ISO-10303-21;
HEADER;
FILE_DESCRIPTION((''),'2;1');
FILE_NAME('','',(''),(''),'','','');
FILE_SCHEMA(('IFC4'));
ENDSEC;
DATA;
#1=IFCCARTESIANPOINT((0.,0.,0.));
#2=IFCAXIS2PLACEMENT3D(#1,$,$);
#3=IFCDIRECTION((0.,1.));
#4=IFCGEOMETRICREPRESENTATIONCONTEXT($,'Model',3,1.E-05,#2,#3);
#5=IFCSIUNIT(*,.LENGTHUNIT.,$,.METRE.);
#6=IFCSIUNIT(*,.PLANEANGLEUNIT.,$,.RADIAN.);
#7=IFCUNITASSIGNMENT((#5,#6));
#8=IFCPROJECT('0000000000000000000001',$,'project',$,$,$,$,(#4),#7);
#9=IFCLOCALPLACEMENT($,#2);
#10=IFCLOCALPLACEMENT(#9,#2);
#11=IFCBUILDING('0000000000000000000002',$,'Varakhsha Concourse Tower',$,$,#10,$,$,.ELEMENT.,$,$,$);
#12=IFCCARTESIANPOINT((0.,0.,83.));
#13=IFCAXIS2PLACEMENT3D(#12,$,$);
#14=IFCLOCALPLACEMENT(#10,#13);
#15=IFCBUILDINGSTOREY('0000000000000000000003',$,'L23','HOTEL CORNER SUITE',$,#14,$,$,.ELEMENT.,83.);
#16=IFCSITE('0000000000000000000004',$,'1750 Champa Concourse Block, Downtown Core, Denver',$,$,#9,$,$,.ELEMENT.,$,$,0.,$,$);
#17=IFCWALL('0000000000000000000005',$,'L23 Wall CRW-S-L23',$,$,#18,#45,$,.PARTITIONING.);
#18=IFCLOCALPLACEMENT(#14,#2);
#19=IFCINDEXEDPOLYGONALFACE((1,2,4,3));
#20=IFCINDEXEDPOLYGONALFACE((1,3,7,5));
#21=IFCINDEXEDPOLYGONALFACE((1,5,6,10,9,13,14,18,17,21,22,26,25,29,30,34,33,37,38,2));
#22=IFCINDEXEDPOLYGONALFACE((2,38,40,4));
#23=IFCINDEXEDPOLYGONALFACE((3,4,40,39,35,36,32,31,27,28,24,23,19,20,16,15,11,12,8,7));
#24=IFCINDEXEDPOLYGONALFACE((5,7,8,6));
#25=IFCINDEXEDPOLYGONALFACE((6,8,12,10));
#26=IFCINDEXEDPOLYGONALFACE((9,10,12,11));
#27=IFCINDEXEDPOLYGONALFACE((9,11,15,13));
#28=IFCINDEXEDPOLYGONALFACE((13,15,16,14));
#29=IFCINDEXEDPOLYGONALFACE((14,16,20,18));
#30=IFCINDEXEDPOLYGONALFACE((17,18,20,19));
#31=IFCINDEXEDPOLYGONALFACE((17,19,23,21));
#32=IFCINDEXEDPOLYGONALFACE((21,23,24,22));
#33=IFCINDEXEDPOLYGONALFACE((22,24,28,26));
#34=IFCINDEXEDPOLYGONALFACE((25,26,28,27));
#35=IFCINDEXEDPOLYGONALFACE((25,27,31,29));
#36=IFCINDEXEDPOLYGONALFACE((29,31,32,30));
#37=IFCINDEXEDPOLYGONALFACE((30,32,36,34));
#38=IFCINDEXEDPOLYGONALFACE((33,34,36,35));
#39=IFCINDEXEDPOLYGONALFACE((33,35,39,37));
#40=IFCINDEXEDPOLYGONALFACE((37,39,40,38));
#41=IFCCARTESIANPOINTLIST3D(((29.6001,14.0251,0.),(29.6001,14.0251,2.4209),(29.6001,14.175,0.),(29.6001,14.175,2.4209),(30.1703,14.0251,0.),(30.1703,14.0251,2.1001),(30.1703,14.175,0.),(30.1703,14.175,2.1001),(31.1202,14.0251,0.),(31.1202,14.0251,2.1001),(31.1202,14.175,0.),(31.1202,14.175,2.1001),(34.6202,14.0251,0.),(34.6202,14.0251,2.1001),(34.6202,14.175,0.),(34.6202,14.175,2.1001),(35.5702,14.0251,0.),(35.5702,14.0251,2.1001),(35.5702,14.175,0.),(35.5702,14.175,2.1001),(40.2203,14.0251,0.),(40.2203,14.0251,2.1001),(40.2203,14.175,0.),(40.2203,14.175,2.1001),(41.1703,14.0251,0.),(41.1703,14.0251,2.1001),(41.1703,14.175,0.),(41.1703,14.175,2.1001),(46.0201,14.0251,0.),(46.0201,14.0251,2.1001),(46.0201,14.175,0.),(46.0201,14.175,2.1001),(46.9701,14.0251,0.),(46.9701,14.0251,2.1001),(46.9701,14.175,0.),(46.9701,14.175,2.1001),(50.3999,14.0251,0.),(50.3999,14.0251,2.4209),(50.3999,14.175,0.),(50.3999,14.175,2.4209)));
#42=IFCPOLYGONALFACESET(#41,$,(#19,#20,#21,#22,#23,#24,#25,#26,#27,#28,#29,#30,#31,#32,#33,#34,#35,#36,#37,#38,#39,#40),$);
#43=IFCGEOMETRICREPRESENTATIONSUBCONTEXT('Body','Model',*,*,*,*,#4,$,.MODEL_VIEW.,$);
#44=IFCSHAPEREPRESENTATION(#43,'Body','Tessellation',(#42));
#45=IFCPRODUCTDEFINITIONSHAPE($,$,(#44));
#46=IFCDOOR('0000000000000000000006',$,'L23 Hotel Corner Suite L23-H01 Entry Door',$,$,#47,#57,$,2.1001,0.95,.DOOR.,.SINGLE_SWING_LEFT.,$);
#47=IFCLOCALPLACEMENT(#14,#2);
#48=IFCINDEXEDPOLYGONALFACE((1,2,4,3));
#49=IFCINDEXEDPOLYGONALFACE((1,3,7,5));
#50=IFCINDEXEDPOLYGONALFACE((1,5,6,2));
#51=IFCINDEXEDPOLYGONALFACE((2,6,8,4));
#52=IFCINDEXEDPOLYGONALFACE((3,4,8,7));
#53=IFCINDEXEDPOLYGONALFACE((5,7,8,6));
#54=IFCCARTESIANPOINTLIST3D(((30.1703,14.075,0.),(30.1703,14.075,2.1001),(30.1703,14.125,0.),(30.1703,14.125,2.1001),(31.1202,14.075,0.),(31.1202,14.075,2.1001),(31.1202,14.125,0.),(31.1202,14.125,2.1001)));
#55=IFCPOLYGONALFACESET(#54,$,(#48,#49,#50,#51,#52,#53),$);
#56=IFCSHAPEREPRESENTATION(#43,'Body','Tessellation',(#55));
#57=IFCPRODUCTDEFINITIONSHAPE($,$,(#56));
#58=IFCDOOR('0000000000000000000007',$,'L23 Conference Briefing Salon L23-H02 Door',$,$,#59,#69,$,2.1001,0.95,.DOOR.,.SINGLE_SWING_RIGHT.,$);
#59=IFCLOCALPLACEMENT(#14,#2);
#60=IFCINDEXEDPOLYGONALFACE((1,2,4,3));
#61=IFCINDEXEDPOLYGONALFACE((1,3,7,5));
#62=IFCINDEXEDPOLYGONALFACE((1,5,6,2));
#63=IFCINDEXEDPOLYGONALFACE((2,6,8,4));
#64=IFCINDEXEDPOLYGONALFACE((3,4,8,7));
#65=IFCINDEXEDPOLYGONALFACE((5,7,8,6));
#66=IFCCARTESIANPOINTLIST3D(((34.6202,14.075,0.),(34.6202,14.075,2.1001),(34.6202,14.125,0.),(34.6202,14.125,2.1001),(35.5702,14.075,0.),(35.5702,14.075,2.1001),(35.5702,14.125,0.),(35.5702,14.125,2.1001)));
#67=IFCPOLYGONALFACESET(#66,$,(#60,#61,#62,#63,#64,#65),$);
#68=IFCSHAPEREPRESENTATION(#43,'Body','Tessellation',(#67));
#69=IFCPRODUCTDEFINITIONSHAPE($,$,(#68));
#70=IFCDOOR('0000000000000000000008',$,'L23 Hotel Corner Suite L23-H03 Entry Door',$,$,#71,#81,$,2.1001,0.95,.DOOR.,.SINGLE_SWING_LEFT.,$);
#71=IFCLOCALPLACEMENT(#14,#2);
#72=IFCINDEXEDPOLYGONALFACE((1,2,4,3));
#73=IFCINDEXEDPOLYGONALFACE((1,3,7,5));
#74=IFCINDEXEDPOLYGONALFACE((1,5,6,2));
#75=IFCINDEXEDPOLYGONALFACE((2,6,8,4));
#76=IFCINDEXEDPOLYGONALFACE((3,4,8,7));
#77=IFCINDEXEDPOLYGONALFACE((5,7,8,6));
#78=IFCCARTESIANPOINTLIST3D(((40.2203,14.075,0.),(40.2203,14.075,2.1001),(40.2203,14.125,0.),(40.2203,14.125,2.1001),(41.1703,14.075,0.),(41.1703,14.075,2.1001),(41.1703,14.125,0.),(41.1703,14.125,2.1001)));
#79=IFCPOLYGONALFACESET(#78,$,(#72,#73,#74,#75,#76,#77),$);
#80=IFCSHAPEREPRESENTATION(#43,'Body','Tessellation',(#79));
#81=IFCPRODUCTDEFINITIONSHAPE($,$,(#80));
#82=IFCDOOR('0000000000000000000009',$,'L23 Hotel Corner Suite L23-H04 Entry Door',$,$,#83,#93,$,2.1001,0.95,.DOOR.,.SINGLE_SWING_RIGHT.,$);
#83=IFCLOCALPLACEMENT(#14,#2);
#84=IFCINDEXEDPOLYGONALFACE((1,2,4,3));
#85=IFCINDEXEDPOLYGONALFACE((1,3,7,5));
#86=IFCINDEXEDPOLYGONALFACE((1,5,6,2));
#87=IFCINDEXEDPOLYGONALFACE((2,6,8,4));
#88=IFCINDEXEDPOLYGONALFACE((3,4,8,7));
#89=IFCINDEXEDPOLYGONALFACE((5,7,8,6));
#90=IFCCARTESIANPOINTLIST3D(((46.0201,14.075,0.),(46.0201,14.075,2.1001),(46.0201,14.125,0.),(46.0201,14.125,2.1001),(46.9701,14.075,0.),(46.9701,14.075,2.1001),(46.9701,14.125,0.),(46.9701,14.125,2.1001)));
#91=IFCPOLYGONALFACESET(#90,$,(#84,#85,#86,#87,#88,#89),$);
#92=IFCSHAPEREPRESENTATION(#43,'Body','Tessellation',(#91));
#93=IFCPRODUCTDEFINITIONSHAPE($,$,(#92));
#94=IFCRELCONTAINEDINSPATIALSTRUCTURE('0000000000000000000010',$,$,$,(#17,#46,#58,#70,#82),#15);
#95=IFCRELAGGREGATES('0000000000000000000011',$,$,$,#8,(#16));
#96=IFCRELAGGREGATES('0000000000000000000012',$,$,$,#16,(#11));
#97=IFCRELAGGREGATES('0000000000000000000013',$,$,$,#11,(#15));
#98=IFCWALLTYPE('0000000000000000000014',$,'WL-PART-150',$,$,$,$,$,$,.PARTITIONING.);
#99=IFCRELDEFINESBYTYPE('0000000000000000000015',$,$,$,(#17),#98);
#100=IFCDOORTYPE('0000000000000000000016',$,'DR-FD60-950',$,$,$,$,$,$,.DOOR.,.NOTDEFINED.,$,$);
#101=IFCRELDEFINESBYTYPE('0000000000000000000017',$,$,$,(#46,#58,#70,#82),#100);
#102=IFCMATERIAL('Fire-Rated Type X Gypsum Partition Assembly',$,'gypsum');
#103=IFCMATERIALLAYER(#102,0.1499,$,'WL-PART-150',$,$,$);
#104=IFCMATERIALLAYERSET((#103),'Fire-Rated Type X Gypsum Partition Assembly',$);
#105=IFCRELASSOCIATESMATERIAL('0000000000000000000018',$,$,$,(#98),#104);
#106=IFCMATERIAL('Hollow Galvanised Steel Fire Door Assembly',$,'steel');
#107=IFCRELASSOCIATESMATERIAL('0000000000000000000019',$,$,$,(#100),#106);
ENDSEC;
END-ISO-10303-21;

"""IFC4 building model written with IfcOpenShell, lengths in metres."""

from ifc_helpers import new_model, si_unit, direction, frame, frame_2d, origin, place, context, subcontext, project, spatial, rectangle, extrude, material, layer, layer_set, type_object, element, fill, save


model = new_model("IFC4")

# Units and contexts
model_context = context("Model", 3, precision=1e-05, world=origin(), true_north=direction((0.0, 1.0)))
body_context = subcontext(model_context, "Body", "Model", "MODEL_VIEW")
ifc_project = project(units=[si_unit("LENGTHUNIT", "METRE"), si_unit("PLANEANGLEUNIT", "RADIAN")], contexts=[model_context])

# Site, building, storey
site_placement = place(None, origin())
site = spatial("IfcSite", under=ifc_project, at=site_placement, Name="1750 Champa Concourse Block, Downtown Core, Denver", CompositionType="ELEMENT", RefElevation=0.0)
building_placement = place(site_placement, origin())
building = spatial("IfcBuilding", under=site, at=building_placement, Name="Varakhsha Concourse Tower", CompositionType="ELEMENT")
storey_placement = place(building_placement, frame((0.0, 0.0, 83.0)))
storey = spatial("IfcBuildingStorey", under=building, at=storey_placement, Name="L23", Description="HOTEL CORNER SUITE", CompositionType="ELEMENT", Elevation=83.0)

# Wall, openings, doors
ifc_material_1 = material(Name="Fire-Rated Type X Gypsum Partition Assembly", Category="gypsum")
ifc_layer_1 = layer(ifc_material_1, 0.1499, Name="WL-PART-150")
ifc_layer_set_1 = layer_set([ifc_layer_1], Name="Fire-Rated Type X Gypsum Partition Assembly")
wall_type_1 = type_object("IfcWallType", Name="WL-PART-150", PredefinedType="PARTITIONING", material=ifc_layer_set_1)
wall_1_placement = place(storey_placement, frame((29.6001, 14.1001, 0.0), z_axis=(0.0, 0.0, 1.0), x_axis=(1.0, 0.0, 0.0)))
wall_1 = element("IfcWall", 1, at=wall_1_placement, inside=storey, type_object=wall_type_1, Name="L23 Wall CRW-S-L23", PredefinedType="PARTITIONING", context=body_context, shape_type="SweptSolid", body=[
    extrude(rectangle(XDim=20.7998, YDim=0.1499, at=frame_2d((10.3999, 0.0))), origin(), (0.0, 0.0, 1.0), 2.4209),
])
opening_1_placement = place(wall_1_placement, frame((0.5701, 0.0, 0.0)))
opening_1 = element("IfcOpeningElement", 2, at=opening_1_placement, cuts=wall_1, PredefinedType="OPENING", context=body_context, shape_type="SweptSolid", body=[
    extrude(rectangle(XDim=0.95, YDim=2.1001, at=frame_2d((0.4751, 1.05))), frame((0.0, 0.085, 0.0), z_axis=(0.0, -1.0, 0.0), x_axis=(1.0, 0.0, 0.0)), (0.0, 0.0, 1.0), 0.1699),
])
opening_2_placement = place(wall_1_placement, frame((5.02, 0.0, 0.0)))
opening_2 = element("IfcOpeningElement", 3, at=opening_2_placement, cuts=wall_1, PredefinedType="OPENING", context=body_context, shape_type="SweptSolid", body=[
    extrude(rectangle(XDim=0.95, YDim=2.1001, at=frame_2d((0.4751, 1.05))), frame((0.0, 0.085, 0.0), z_axis=(0.0, -1.0, 0.0), x_axis=(1.0, 0.0, 0.0)), (0.0, 0.0, 1.0), 0.1699),
])
opening_3_placement = place(wall_1_placement, frame((10.6201, 0.0, 0.0)))
opening_3 = element("IfcOpeningElement", 4, at=opening_3_placement, cuts=wall_1, PredefinedType="OPENING", context=body_context, shape_type="SweptSolid", body=[
    extrude(rectangle(XDim=0.95, YDim=2.1001, at=frame_2d((0.4751, 1.05))), frame((0.0, 0.085, 0.0), z_axis=(0.0, -1.0, 0.0), x_axis=(1.0, 0.0, 0.0)), (0.0, 0.0, 1.0), 0.1699),
])
opening_4_placement = place(wall_1_placement, frame((16.4199, 0.0, 0.0)))
opening_4 = element("IfcOpeningElement", 5, at=opening_4_placement, cuts=wall_1, PredefinedType="OPENING", context=body_context, shape_type="SweptSolid", body=[
    extrude(rectangle(XDim=0.95, YDim=2.1001, at=frame_2d((0.4751, 1.05))), frame((0.0, 0.085, 0.0), z_axis=(0.0, -1.0, 0.0), x_axis=(1.0, 0.0, 0.0)), (0.0, 0.0, 1.0), 0.1699),
])
ifc_material_2 = material(Name="Hollow Galvanised Steel Fire Door Assembly", Category="steel")
door_type_1 = type_object("IfcDoorType", Name="DR-FD60-950", OperationType="NOTDEFINED", PredefinedType="DOOR", material=ifc_material_2)
door_1_placement = place(opening_1_placement, origin())
door_1 = element("IfcDoor", 6, at=door_1_placement, inside=storey, type_object=door_type_1, Name="L23 Hotel Corner Suite L23-H01 Entry Door", OperationType="SINGLE_SWING_LEFT", OverallHeight=2.1001, OverallWidth=0.95, PredefinedType="DOOR", context=body_context, shape_type="SweptSolid", body=[
    extrude(rectangle(XDim=0.95, YDim=2.1001, at=frame_2d((0.4751, 1.05))), frame((0.0, 0.0249, 0.0), z_axis=(0.0, -1.0, 0.0), x_axis=(1.0, 0.0, 0.0)), (0.0, 0.0, 1.0), 0.05),
])
fill(opening_1, door_1)
door_2_placement = place(opening_2_placement, origin())
door_2 = element("IfcDoor", 7, at=door_2_placement, inside=storey, type_object=door_type_1, Name="L23 Conference Briefing Salon L23-H02 Door", OperationType="SINGLE_SWING_RIGHT", OverallHeight=2.1001, OverallWidth=0.95, PredefinedType="DOOR", context=body_context, shape_type="SweptSolid", body=[
    extrude(rectangle(XDim=0.95, YDim=2.1001, at=frame_2d((0.4751, 1.05))), frame((0.0, 0.0249, 0.0), z_axis=(0.0, -1.0, 0.0), x_axis=(1.0, 0.0, 0.0)), (0.0, 0.0, 1.0), 0.05),
])
fill(opening_2, door_2)
door_3_placement = place(opening_3_placement, origin())
door_3 = element("IfcDoor", 8, at=door_3_placement, inside=storey, type_object=door_type_1, Name="L23 Hotel Corner Suite L23-H03 Entry Door", OperationType="SINGLE_SWING_LEFT", OverallHeight=2.1001, OverallWidth=0.95, PredefinedType="DOOR", context=body_context, shape_type="SweptSolid", body=[
    extrude(rectangle(XDim=0.95, YDim=2.1001, at=frame_2d((0.4751, 1.05))), frame((0.0, 0.0249, 0.0), z_axis=(0.0, -1.0, 0.0), x_axis=(1.0, 0.0, 0.0)), (0.0, 0.0, 1.0), 0.05),
])
fill(opening_3, door_3)
door_4_placement = place(opening_4_placement, origin())
door_4 = element("IfcDoor", 9, at=door_4_placement, inside=storey, type_object=door_type_1, Name="L23 Hotel Corner Suite L23-H04 Entry Door", OperationType="SINGLE_SWING_RIGHT", OverallHeight=2.1001, OverallWidth=0.95, PredefinedType="DOOR", context=body_context, shape_type="SweptSolid", body=[
    extrude(rectangle(XDim=0.95, YDim=2.1001, at=frame_2d((0.4751, 1.05))), frame((0.0, 0.0249, 0.0), z_axis=(0.0, -1.0, 0.0), x_axis=(1.0, 0.0, 0.0)), (0.0, 0.0, 1.0), 0.05),
])
fill(opening_4, door_4)

save(model, "model.ifc")
